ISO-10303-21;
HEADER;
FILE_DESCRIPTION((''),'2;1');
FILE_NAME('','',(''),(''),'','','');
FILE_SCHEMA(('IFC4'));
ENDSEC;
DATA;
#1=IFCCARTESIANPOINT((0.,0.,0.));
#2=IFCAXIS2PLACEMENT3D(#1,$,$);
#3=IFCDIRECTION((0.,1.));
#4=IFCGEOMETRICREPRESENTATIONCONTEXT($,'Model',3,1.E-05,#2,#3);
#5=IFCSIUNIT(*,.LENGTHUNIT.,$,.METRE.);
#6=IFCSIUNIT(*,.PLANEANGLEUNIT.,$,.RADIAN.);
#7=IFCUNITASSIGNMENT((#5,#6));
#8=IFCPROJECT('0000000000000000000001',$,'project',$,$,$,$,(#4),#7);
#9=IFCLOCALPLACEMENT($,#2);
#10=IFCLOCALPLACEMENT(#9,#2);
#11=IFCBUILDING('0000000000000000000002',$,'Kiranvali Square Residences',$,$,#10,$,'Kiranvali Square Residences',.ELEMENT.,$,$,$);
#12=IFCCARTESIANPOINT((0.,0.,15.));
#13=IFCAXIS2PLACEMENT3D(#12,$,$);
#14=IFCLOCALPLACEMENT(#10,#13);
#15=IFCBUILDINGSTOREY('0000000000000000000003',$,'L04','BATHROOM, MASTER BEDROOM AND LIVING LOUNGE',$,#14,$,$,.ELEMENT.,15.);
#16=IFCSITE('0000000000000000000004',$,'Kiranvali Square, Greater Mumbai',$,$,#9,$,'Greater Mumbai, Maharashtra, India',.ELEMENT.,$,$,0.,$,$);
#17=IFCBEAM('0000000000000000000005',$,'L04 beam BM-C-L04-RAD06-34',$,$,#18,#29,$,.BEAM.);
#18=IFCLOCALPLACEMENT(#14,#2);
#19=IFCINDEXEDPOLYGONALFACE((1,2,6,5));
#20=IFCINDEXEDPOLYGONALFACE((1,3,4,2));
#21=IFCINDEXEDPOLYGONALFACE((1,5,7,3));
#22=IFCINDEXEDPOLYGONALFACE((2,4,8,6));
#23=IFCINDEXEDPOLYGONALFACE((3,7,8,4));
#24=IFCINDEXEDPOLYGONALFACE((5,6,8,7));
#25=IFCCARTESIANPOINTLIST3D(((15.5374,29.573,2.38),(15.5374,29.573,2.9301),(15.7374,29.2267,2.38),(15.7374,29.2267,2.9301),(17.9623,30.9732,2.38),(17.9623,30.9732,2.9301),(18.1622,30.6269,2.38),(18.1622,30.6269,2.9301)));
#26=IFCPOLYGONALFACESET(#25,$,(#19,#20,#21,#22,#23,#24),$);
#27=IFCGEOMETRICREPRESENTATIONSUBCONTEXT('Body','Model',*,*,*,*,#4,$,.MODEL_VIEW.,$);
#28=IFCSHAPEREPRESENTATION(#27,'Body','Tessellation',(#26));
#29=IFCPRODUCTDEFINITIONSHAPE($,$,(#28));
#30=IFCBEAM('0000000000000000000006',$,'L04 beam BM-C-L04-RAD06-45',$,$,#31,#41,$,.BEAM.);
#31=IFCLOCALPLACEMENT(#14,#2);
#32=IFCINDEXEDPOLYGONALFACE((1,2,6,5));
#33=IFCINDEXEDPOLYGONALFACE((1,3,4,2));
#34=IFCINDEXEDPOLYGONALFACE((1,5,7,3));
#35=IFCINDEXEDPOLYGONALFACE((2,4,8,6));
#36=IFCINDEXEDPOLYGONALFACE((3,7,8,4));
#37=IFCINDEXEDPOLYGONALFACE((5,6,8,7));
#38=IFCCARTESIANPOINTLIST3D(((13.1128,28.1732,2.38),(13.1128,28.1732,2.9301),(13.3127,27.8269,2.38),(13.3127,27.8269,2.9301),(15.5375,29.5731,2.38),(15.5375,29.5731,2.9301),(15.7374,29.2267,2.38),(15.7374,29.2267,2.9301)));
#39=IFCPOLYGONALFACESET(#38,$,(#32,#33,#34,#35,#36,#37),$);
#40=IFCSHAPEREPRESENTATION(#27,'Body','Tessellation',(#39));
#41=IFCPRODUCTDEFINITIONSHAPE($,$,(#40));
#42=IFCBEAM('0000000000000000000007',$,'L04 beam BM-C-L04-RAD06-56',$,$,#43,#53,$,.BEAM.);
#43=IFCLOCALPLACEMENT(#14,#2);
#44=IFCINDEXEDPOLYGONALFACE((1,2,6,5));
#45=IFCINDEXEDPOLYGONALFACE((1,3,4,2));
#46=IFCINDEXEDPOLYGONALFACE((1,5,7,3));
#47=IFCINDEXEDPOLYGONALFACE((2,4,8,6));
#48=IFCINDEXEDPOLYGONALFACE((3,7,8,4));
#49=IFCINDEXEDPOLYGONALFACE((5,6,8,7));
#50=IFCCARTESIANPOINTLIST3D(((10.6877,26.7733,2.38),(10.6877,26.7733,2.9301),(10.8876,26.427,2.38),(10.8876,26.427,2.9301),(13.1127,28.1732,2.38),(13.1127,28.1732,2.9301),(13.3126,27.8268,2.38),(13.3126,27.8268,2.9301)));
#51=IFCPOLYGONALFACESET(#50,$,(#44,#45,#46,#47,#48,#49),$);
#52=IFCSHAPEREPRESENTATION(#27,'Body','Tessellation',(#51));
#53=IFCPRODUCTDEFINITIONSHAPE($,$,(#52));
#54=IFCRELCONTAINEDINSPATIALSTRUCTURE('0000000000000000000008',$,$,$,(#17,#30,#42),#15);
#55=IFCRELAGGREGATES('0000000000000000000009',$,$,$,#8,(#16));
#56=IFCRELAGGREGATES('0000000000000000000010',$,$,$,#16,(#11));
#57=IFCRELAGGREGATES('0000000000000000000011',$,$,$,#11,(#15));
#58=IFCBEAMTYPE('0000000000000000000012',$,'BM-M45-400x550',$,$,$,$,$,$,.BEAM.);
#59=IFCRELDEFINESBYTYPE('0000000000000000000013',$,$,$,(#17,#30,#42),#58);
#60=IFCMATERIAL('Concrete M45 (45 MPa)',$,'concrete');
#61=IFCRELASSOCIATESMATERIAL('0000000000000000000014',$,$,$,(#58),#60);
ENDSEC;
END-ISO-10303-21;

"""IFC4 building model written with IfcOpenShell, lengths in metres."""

from ifc_helpers import new_model, si_unit, direction, frame, origin, origin_2d, place, context, subcontext, project, spatial, rectangle, extrude, material, material_profile, profile_set, type_object, element, save


model = new_model("IFC4")

# Units and contexts
model_context = context("Model", 3, precision=1e-05, world=origin(), true_north=direction((0.0, 1.0)))
body_context = subcontext(model_context, "Body", "Model", "MODEL_VIEW")
ifc_project = project(units=[si_unit("LENGTHUNIT", "METRE"), si_unit("PLANEANGLEUNIT", "RADIAN")], contexts=[model_context])

# Site, building, storey
site_placement = place(None, origin())
site = spatial("IfcSite", under=ifc_project, at=site_placement, Name="Kiranvali Square, Greater Mumbai", LongName="Greater Mumbai, Maharashtra, India", CompositionType="ELEMENT", RefElevation=0.0)
building_placement = place(site_placement, origin())
building = spatial("IfcBuilding", under=site, at=building_placement, Name="Kiranvali Square Residences", LongName="Kiranvali Square Residences", CompositionType="ELEMENT")
storey_placement = place(building_placement, frame((0.0, 0.0, 15.0)))
storey = spatial("IfcBuildingStorey", under=building, at=storey_placement, Name="L04", Description="BATHROOM, MASTER BEDROOM AND LIVING LOUNGE", CompositionType="ELEMENT", Elevation=15.0)

# Beams
ifc_material_1 = material(Name="Concrete M45 (45 MPa)", Category="concrete")
ifc_material_profile_1 = material_profile(ifc_material_1, rectangle(XDim=0.3999, YDim=0.55, at=origin_2d()), Name="RC 400x550")
ifc_profile_set_1 = profile_set([ifc_material_profile_1], Name="Concrete M45 (45 MPa)")
beam_type = type_object("IfcBeamType", Name="BM-M45-400x550", PredefinedType="BEAM", material=ifc_profile_set_1)
for number, where, z_axis, x_axis, name in (
    (1, (18.0623, 30.8, 2.655), (-0.865997, -0.50005, 0.0), (0.50005, -0.865997, 0.0), "L04 beam BM-C-L04-RAD06-34"),
):
    element("IfcBeam", number, at=place(storey_placement, frame(where, z_axis=z_axis, x_axis=x_axis)), inside=storey, type_object=beam_type, Name=name, PredefinedType="BEAM", context=body_context, shape_type="SweptSolid", body=[
        extrude(rectangle(XDim=0.3999, YDim=0.55, at=origin_2d()), origin(), (0.0, 0.0, 1.0), 2.8),
    ])
beam_1_placement = place(storey_placement, frame((15.6375, 29.3999, 2.655), z_axis=(-0.866035, -0.499984, 0.0), x_axis=(0.499984, -0.866035, 0.0)))
element("IfcBeam", 2, at=beam_1_placement, inside=storey, type_object=beam_type, Name="L04 beam BM-C-L04-RAD06-45", PredefinedType="BEAM", context=body_context, shape_type="SweptSolid", body=[
    extrude(rectangle(XDim=0.3999, YDim=0.55, at=origin_2d()), origin(), (0.0, 0.0, 1.0), 2.7998),
])
beam_2_placement = place(storey_placement, frame((13.2126, 28.0, 2.655), z_axis=(-0.866056, -0.499946, 0.0), x_axis=(0.499946, -0.866056, 0.0)))
element("IfcBeam", 3, at=beam_2_placement, inside=storey, type_object=beam_type, Name="L04 beam BM-C-L04-RAD06-56", PredefinedType="BEAM", context=body_context, shape_type="SweptSolid", body=[
    extrude(rectangle(XDim=0.3999, YDim=0.55, at=origin_2d()), origin(), (0.0, 0.0, 1.0), 2.8),
])

save(model, "model.ifc")
